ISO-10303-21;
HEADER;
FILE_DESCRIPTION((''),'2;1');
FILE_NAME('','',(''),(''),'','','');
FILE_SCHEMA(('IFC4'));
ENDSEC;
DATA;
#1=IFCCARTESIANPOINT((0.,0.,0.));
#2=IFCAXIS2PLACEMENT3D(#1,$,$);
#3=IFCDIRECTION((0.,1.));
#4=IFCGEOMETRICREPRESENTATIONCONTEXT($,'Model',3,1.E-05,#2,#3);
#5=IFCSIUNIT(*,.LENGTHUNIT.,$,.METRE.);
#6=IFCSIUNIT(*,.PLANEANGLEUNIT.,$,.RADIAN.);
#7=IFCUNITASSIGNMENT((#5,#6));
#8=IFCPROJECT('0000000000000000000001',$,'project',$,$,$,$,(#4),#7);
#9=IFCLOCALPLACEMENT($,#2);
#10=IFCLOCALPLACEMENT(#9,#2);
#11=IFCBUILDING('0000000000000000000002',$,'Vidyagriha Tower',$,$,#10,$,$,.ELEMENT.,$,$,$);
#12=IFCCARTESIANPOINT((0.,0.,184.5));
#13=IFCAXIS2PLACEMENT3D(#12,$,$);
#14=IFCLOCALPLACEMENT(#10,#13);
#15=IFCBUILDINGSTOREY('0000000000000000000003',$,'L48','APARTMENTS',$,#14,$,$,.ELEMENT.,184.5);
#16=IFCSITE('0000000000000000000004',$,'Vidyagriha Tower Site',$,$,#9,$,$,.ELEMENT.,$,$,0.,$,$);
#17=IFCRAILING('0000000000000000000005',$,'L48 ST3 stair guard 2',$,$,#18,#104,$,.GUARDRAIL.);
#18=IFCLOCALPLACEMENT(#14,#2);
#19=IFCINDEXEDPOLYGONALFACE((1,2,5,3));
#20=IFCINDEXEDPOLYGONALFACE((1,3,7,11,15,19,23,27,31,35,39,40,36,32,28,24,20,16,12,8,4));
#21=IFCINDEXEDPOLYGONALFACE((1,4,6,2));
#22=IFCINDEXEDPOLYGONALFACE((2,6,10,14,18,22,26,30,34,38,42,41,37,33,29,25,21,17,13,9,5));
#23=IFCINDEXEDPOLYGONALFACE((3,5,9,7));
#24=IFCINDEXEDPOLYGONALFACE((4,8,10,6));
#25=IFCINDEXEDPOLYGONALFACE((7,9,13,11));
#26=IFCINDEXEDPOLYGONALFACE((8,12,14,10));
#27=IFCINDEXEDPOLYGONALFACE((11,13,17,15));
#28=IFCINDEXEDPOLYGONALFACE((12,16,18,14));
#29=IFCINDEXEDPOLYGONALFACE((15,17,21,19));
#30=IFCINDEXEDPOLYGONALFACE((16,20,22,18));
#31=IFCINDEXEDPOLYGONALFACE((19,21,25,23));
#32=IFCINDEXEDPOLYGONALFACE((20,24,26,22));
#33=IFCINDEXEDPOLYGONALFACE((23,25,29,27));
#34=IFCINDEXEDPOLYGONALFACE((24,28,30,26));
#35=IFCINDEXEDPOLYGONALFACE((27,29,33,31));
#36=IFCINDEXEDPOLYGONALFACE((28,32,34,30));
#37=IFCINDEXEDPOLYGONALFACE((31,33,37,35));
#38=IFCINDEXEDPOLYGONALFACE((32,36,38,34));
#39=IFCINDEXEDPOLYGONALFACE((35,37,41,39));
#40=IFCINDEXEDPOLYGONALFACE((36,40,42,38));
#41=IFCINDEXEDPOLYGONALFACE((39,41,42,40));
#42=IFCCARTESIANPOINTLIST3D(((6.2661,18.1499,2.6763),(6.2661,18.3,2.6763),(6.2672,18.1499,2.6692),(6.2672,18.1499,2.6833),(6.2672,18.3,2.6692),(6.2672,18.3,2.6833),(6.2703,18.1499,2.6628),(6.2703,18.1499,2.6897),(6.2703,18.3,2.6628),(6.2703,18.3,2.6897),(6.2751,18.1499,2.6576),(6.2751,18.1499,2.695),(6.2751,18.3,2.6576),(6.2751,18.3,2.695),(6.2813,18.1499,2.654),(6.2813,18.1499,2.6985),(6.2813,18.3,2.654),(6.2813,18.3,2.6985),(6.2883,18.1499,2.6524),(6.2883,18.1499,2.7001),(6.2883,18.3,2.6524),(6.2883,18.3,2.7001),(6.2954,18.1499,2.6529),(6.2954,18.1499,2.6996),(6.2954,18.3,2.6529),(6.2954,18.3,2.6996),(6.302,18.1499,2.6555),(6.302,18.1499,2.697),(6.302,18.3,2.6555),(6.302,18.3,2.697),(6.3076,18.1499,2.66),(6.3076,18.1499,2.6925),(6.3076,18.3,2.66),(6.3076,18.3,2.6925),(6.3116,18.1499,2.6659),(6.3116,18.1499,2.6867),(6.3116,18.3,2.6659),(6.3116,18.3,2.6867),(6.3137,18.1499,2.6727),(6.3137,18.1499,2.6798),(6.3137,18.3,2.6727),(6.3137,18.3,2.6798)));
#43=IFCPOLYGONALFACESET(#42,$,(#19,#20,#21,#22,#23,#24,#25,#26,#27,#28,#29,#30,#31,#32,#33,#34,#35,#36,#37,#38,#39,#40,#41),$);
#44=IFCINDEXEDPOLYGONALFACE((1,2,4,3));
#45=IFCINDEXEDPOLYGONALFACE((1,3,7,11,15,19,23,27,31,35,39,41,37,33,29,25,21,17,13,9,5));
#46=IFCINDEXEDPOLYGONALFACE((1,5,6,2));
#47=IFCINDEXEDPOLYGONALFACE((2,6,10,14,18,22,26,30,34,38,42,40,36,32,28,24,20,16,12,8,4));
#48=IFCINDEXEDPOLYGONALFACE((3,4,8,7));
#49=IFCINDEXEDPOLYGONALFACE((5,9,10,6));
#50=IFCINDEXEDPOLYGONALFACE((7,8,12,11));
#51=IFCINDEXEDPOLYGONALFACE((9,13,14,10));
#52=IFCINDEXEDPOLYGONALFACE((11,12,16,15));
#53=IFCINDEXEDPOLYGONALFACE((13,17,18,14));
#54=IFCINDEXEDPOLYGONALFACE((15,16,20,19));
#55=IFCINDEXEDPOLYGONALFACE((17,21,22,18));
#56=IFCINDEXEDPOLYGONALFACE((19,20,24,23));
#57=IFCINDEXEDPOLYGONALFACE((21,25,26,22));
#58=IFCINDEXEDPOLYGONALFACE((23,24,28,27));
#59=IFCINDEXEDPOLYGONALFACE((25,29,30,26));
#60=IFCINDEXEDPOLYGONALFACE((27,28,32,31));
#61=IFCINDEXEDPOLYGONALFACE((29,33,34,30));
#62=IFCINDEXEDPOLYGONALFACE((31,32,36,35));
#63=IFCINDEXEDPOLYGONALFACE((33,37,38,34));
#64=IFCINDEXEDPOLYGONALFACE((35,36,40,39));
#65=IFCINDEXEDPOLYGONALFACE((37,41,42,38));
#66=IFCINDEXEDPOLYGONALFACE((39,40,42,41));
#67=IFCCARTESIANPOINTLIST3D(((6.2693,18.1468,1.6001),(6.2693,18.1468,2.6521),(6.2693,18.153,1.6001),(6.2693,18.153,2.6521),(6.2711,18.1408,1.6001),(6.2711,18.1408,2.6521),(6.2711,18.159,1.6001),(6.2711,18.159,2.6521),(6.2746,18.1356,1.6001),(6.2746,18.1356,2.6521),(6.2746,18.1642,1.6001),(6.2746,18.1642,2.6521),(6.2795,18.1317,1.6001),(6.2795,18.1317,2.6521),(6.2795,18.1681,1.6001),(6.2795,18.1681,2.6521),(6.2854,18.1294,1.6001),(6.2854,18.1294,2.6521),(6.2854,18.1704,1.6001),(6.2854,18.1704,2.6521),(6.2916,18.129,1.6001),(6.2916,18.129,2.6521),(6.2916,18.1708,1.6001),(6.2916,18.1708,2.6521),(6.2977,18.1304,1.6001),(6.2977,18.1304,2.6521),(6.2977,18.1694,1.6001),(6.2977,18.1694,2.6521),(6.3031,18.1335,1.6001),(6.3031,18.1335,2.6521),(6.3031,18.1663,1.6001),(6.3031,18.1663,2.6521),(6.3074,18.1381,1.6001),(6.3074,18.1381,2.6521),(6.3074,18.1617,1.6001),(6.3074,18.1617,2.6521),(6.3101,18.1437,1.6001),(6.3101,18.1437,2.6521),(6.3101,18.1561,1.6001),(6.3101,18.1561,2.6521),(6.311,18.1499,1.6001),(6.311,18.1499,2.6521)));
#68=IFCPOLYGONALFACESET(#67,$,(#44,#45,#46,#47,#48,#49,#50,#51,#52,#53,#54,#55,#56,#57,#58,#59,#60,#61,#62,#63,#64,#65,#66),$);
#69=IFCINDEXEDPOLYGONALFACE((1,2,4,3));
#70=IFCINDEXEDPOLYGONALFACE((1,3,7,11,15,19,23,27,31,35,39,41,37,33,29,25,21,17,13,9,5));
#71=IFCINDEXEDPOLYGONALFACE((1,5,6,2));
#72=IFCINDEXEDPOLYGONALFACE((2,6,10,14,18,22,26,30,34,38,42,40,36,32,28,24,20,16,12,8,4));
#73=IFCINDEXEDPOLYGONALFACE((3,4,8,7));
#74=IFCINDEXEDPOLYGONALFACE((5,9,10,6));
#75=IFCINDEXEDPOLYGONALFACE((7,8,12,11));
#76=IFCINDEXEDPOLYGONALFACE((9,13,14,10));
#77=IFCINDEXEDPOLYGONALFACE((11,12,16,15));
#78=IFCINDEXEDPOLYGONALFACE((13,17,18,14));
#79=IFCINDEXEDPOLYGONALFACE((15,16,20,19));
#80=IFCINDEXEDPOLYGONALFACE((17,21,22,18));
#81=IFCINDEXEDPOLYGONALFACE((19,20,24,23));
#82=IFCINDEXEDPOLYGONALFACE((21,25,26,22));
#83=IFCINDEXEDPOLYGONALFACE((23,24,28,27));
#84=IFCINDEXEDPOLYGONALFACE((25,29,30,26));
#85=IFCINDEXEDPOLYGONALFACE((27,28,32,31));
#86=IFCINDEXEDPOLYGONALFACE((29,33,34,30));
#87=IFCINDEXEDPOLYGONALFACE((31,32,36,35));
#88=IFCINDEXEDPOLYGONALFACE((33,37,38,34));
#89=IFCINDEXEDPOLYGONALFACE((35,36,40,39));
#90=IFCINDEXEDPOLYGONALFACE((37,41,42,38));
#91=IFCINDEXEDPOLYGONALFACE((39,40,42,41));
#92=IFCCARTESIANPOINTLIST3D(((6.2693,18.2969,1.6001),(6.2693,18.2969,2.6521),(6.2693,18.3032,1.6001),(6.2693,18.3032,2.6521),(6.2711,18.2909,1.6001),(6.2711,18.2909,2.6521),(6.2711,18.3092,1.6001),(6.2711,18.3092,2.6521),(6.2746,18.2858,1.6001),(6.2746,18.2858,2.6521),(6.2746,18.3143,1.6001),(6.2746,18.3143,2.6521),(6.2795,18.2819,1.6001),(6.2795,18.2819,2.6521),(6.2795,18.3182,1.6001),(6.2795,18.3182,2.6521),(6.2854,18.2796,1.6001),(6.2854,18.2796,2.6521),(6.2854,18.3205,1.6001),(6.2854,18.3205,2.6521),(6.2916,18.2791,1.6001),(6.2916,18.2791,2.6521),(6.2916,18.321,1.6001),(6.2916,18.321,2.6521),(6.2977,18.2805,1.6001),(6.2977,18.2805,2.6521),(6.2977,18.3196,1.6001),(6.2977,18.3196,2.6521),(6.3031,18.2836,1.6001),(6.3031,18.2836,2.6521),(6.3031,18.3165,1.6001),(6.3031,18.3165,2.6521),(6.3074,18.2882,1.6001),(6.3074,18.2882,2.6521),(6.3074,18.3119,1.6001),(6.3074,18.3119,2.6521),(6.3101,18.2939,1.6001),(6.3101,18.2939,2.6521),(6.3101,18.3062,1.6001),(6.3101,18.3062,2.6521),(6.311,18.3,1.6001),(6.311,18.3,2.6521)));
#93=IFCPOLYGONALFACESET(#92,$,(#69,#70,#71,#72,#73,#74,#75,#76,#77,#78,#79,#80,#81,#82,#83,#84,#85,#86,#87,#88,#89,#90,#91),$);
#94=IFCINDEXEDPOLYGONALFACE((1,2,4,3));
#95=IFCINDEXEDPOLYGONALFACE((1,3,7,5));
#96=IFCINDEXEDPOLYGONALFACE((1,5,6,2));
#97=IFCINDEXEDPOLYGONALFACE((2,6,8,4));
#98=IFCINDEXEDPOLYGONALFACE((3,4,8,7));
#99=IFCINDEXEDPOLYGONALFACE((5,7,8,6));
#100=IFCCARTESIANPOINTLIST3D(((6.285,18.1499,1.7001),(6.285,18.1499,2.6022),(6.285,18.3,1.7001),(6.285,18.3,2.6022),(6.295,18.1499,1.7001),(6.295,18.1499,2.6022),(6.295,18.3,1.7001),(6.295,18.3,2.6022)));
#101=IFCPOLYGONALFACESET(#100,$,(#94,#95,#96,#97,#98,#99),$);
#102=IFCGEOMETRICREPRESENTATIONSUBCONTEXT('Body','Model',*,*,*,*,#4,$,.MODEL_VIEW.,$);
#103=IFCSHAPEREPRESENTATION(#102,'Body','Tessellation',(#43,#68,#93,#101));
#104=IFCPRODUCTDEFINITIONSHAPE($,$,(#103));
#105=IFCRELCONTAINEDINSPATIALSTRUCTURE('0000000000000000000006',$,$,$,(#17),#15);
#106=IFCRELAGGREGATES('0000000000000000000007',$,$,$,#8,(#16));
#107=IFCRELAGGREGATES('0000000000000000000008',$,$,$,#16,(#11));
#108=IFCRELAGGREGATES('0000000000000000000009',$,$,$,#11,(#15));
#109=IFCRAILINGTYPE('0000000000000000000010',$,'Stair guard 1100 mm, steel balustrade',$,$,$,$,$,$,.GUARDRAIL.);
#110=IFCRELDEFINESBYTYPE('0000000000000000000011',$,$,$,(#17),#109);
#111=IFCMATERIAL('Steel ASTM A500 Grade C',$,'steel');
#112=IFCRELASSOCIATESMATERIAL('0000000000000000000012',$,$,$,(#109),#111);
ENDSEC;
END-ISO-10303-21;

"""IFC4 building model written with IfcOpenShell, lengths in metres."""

from ifc_helpers import new_model, si_unit, direction, frame, origin, origin_2d, place, context, subcontext, project, spatial, rectangle, circle, extrude, material, type_object, element, save


model = new_model("IFC4")

# Units and contexts
model_context = context("Model", 3, precision=1e-05, world=origin(), true_north=direction((0.0, 1.0)))
body_context = subcontext(model_context, "Body", "Model", "MODEL_VIEW")
ifc_project = project(units=[si_unit("LENGTHUNIT", "METRE"), si_unit("PLANEANGLEUNIT", "RADIAN")], contexts=[model_context])

# Site, building, storey
site_placement = place(None, origin())
site = spatial("IfcSite", under=ifc_project, at=site_placement, Name="Vidyagriha Tower Site", CompositionType="ELEMENT", RefElevation=0.0)
building_placement = place(site_placement, origin())
building = spatial("IfcBuilding", under=site, at=building_placement, Name="Vidyagriha Tower", CompositionType="ELEMENT")
storey_placement = place(building_placement, frame((0.0, 0.0, 184.5)))
storey = spatial("IfcBuildingStorey", under=building, at=storey_placement, Name="L48", Description="APARTMENTS", CompositionType="ELEMENT", Elevation=184.5)

# Railing
ifc_material_1 = material(Name="Steel ASTM A500 Grade C", Category="steel")
railing_type_1 = type_object("IfcRailingType", Name="Stair guard 1100 mm, steel balustrade", PredefinedType="GUARDRAIL", material=ifc_material_1)
railing_1_placement = place(storey_placement, frame((6.29, 18.1499, 1.6001)))
element("IfcRailing", 1, at=railing_1_placement, inside=storey, type_object=railing_type_1, Name="L48 ST3 stair guard 2", PredefinedType="GUARDRAIL", context=body_context, shape_type="SweptSolid", body=[
    extrude(circle(Radius=0.0239, at=origin_2d()), frame((0.0, 0.0, 1.0762), z_axis=(0.0, 1.0, 0.0), x_axis=(-1.0, 0.0, 0.0)), (0.0, 0.0, 1.0), 0.1501),
    extrude(circle(Radius=0.021, at=origin_2d()), origin(), (0.0, 0.0, 1.0), 1.052),
    extrude(circle(Radius=0.021, at=origin_2d()), frame((0.0, 0.1501, 0.0)), (0.0, 0.0, 1.0), 1.052),
    extrude(rectangle(XDim=0.01, YDim=0.9021, at=origin_2d()), frame((0.0, 0.0, 0.551), z_axis=(0.0, 1.0, 0.0), x_axis=(-1.0, 0.0, 0.0)), (0.0, 0.0, 1.0), 0.1501),
])

save(model, "model.ifc")
